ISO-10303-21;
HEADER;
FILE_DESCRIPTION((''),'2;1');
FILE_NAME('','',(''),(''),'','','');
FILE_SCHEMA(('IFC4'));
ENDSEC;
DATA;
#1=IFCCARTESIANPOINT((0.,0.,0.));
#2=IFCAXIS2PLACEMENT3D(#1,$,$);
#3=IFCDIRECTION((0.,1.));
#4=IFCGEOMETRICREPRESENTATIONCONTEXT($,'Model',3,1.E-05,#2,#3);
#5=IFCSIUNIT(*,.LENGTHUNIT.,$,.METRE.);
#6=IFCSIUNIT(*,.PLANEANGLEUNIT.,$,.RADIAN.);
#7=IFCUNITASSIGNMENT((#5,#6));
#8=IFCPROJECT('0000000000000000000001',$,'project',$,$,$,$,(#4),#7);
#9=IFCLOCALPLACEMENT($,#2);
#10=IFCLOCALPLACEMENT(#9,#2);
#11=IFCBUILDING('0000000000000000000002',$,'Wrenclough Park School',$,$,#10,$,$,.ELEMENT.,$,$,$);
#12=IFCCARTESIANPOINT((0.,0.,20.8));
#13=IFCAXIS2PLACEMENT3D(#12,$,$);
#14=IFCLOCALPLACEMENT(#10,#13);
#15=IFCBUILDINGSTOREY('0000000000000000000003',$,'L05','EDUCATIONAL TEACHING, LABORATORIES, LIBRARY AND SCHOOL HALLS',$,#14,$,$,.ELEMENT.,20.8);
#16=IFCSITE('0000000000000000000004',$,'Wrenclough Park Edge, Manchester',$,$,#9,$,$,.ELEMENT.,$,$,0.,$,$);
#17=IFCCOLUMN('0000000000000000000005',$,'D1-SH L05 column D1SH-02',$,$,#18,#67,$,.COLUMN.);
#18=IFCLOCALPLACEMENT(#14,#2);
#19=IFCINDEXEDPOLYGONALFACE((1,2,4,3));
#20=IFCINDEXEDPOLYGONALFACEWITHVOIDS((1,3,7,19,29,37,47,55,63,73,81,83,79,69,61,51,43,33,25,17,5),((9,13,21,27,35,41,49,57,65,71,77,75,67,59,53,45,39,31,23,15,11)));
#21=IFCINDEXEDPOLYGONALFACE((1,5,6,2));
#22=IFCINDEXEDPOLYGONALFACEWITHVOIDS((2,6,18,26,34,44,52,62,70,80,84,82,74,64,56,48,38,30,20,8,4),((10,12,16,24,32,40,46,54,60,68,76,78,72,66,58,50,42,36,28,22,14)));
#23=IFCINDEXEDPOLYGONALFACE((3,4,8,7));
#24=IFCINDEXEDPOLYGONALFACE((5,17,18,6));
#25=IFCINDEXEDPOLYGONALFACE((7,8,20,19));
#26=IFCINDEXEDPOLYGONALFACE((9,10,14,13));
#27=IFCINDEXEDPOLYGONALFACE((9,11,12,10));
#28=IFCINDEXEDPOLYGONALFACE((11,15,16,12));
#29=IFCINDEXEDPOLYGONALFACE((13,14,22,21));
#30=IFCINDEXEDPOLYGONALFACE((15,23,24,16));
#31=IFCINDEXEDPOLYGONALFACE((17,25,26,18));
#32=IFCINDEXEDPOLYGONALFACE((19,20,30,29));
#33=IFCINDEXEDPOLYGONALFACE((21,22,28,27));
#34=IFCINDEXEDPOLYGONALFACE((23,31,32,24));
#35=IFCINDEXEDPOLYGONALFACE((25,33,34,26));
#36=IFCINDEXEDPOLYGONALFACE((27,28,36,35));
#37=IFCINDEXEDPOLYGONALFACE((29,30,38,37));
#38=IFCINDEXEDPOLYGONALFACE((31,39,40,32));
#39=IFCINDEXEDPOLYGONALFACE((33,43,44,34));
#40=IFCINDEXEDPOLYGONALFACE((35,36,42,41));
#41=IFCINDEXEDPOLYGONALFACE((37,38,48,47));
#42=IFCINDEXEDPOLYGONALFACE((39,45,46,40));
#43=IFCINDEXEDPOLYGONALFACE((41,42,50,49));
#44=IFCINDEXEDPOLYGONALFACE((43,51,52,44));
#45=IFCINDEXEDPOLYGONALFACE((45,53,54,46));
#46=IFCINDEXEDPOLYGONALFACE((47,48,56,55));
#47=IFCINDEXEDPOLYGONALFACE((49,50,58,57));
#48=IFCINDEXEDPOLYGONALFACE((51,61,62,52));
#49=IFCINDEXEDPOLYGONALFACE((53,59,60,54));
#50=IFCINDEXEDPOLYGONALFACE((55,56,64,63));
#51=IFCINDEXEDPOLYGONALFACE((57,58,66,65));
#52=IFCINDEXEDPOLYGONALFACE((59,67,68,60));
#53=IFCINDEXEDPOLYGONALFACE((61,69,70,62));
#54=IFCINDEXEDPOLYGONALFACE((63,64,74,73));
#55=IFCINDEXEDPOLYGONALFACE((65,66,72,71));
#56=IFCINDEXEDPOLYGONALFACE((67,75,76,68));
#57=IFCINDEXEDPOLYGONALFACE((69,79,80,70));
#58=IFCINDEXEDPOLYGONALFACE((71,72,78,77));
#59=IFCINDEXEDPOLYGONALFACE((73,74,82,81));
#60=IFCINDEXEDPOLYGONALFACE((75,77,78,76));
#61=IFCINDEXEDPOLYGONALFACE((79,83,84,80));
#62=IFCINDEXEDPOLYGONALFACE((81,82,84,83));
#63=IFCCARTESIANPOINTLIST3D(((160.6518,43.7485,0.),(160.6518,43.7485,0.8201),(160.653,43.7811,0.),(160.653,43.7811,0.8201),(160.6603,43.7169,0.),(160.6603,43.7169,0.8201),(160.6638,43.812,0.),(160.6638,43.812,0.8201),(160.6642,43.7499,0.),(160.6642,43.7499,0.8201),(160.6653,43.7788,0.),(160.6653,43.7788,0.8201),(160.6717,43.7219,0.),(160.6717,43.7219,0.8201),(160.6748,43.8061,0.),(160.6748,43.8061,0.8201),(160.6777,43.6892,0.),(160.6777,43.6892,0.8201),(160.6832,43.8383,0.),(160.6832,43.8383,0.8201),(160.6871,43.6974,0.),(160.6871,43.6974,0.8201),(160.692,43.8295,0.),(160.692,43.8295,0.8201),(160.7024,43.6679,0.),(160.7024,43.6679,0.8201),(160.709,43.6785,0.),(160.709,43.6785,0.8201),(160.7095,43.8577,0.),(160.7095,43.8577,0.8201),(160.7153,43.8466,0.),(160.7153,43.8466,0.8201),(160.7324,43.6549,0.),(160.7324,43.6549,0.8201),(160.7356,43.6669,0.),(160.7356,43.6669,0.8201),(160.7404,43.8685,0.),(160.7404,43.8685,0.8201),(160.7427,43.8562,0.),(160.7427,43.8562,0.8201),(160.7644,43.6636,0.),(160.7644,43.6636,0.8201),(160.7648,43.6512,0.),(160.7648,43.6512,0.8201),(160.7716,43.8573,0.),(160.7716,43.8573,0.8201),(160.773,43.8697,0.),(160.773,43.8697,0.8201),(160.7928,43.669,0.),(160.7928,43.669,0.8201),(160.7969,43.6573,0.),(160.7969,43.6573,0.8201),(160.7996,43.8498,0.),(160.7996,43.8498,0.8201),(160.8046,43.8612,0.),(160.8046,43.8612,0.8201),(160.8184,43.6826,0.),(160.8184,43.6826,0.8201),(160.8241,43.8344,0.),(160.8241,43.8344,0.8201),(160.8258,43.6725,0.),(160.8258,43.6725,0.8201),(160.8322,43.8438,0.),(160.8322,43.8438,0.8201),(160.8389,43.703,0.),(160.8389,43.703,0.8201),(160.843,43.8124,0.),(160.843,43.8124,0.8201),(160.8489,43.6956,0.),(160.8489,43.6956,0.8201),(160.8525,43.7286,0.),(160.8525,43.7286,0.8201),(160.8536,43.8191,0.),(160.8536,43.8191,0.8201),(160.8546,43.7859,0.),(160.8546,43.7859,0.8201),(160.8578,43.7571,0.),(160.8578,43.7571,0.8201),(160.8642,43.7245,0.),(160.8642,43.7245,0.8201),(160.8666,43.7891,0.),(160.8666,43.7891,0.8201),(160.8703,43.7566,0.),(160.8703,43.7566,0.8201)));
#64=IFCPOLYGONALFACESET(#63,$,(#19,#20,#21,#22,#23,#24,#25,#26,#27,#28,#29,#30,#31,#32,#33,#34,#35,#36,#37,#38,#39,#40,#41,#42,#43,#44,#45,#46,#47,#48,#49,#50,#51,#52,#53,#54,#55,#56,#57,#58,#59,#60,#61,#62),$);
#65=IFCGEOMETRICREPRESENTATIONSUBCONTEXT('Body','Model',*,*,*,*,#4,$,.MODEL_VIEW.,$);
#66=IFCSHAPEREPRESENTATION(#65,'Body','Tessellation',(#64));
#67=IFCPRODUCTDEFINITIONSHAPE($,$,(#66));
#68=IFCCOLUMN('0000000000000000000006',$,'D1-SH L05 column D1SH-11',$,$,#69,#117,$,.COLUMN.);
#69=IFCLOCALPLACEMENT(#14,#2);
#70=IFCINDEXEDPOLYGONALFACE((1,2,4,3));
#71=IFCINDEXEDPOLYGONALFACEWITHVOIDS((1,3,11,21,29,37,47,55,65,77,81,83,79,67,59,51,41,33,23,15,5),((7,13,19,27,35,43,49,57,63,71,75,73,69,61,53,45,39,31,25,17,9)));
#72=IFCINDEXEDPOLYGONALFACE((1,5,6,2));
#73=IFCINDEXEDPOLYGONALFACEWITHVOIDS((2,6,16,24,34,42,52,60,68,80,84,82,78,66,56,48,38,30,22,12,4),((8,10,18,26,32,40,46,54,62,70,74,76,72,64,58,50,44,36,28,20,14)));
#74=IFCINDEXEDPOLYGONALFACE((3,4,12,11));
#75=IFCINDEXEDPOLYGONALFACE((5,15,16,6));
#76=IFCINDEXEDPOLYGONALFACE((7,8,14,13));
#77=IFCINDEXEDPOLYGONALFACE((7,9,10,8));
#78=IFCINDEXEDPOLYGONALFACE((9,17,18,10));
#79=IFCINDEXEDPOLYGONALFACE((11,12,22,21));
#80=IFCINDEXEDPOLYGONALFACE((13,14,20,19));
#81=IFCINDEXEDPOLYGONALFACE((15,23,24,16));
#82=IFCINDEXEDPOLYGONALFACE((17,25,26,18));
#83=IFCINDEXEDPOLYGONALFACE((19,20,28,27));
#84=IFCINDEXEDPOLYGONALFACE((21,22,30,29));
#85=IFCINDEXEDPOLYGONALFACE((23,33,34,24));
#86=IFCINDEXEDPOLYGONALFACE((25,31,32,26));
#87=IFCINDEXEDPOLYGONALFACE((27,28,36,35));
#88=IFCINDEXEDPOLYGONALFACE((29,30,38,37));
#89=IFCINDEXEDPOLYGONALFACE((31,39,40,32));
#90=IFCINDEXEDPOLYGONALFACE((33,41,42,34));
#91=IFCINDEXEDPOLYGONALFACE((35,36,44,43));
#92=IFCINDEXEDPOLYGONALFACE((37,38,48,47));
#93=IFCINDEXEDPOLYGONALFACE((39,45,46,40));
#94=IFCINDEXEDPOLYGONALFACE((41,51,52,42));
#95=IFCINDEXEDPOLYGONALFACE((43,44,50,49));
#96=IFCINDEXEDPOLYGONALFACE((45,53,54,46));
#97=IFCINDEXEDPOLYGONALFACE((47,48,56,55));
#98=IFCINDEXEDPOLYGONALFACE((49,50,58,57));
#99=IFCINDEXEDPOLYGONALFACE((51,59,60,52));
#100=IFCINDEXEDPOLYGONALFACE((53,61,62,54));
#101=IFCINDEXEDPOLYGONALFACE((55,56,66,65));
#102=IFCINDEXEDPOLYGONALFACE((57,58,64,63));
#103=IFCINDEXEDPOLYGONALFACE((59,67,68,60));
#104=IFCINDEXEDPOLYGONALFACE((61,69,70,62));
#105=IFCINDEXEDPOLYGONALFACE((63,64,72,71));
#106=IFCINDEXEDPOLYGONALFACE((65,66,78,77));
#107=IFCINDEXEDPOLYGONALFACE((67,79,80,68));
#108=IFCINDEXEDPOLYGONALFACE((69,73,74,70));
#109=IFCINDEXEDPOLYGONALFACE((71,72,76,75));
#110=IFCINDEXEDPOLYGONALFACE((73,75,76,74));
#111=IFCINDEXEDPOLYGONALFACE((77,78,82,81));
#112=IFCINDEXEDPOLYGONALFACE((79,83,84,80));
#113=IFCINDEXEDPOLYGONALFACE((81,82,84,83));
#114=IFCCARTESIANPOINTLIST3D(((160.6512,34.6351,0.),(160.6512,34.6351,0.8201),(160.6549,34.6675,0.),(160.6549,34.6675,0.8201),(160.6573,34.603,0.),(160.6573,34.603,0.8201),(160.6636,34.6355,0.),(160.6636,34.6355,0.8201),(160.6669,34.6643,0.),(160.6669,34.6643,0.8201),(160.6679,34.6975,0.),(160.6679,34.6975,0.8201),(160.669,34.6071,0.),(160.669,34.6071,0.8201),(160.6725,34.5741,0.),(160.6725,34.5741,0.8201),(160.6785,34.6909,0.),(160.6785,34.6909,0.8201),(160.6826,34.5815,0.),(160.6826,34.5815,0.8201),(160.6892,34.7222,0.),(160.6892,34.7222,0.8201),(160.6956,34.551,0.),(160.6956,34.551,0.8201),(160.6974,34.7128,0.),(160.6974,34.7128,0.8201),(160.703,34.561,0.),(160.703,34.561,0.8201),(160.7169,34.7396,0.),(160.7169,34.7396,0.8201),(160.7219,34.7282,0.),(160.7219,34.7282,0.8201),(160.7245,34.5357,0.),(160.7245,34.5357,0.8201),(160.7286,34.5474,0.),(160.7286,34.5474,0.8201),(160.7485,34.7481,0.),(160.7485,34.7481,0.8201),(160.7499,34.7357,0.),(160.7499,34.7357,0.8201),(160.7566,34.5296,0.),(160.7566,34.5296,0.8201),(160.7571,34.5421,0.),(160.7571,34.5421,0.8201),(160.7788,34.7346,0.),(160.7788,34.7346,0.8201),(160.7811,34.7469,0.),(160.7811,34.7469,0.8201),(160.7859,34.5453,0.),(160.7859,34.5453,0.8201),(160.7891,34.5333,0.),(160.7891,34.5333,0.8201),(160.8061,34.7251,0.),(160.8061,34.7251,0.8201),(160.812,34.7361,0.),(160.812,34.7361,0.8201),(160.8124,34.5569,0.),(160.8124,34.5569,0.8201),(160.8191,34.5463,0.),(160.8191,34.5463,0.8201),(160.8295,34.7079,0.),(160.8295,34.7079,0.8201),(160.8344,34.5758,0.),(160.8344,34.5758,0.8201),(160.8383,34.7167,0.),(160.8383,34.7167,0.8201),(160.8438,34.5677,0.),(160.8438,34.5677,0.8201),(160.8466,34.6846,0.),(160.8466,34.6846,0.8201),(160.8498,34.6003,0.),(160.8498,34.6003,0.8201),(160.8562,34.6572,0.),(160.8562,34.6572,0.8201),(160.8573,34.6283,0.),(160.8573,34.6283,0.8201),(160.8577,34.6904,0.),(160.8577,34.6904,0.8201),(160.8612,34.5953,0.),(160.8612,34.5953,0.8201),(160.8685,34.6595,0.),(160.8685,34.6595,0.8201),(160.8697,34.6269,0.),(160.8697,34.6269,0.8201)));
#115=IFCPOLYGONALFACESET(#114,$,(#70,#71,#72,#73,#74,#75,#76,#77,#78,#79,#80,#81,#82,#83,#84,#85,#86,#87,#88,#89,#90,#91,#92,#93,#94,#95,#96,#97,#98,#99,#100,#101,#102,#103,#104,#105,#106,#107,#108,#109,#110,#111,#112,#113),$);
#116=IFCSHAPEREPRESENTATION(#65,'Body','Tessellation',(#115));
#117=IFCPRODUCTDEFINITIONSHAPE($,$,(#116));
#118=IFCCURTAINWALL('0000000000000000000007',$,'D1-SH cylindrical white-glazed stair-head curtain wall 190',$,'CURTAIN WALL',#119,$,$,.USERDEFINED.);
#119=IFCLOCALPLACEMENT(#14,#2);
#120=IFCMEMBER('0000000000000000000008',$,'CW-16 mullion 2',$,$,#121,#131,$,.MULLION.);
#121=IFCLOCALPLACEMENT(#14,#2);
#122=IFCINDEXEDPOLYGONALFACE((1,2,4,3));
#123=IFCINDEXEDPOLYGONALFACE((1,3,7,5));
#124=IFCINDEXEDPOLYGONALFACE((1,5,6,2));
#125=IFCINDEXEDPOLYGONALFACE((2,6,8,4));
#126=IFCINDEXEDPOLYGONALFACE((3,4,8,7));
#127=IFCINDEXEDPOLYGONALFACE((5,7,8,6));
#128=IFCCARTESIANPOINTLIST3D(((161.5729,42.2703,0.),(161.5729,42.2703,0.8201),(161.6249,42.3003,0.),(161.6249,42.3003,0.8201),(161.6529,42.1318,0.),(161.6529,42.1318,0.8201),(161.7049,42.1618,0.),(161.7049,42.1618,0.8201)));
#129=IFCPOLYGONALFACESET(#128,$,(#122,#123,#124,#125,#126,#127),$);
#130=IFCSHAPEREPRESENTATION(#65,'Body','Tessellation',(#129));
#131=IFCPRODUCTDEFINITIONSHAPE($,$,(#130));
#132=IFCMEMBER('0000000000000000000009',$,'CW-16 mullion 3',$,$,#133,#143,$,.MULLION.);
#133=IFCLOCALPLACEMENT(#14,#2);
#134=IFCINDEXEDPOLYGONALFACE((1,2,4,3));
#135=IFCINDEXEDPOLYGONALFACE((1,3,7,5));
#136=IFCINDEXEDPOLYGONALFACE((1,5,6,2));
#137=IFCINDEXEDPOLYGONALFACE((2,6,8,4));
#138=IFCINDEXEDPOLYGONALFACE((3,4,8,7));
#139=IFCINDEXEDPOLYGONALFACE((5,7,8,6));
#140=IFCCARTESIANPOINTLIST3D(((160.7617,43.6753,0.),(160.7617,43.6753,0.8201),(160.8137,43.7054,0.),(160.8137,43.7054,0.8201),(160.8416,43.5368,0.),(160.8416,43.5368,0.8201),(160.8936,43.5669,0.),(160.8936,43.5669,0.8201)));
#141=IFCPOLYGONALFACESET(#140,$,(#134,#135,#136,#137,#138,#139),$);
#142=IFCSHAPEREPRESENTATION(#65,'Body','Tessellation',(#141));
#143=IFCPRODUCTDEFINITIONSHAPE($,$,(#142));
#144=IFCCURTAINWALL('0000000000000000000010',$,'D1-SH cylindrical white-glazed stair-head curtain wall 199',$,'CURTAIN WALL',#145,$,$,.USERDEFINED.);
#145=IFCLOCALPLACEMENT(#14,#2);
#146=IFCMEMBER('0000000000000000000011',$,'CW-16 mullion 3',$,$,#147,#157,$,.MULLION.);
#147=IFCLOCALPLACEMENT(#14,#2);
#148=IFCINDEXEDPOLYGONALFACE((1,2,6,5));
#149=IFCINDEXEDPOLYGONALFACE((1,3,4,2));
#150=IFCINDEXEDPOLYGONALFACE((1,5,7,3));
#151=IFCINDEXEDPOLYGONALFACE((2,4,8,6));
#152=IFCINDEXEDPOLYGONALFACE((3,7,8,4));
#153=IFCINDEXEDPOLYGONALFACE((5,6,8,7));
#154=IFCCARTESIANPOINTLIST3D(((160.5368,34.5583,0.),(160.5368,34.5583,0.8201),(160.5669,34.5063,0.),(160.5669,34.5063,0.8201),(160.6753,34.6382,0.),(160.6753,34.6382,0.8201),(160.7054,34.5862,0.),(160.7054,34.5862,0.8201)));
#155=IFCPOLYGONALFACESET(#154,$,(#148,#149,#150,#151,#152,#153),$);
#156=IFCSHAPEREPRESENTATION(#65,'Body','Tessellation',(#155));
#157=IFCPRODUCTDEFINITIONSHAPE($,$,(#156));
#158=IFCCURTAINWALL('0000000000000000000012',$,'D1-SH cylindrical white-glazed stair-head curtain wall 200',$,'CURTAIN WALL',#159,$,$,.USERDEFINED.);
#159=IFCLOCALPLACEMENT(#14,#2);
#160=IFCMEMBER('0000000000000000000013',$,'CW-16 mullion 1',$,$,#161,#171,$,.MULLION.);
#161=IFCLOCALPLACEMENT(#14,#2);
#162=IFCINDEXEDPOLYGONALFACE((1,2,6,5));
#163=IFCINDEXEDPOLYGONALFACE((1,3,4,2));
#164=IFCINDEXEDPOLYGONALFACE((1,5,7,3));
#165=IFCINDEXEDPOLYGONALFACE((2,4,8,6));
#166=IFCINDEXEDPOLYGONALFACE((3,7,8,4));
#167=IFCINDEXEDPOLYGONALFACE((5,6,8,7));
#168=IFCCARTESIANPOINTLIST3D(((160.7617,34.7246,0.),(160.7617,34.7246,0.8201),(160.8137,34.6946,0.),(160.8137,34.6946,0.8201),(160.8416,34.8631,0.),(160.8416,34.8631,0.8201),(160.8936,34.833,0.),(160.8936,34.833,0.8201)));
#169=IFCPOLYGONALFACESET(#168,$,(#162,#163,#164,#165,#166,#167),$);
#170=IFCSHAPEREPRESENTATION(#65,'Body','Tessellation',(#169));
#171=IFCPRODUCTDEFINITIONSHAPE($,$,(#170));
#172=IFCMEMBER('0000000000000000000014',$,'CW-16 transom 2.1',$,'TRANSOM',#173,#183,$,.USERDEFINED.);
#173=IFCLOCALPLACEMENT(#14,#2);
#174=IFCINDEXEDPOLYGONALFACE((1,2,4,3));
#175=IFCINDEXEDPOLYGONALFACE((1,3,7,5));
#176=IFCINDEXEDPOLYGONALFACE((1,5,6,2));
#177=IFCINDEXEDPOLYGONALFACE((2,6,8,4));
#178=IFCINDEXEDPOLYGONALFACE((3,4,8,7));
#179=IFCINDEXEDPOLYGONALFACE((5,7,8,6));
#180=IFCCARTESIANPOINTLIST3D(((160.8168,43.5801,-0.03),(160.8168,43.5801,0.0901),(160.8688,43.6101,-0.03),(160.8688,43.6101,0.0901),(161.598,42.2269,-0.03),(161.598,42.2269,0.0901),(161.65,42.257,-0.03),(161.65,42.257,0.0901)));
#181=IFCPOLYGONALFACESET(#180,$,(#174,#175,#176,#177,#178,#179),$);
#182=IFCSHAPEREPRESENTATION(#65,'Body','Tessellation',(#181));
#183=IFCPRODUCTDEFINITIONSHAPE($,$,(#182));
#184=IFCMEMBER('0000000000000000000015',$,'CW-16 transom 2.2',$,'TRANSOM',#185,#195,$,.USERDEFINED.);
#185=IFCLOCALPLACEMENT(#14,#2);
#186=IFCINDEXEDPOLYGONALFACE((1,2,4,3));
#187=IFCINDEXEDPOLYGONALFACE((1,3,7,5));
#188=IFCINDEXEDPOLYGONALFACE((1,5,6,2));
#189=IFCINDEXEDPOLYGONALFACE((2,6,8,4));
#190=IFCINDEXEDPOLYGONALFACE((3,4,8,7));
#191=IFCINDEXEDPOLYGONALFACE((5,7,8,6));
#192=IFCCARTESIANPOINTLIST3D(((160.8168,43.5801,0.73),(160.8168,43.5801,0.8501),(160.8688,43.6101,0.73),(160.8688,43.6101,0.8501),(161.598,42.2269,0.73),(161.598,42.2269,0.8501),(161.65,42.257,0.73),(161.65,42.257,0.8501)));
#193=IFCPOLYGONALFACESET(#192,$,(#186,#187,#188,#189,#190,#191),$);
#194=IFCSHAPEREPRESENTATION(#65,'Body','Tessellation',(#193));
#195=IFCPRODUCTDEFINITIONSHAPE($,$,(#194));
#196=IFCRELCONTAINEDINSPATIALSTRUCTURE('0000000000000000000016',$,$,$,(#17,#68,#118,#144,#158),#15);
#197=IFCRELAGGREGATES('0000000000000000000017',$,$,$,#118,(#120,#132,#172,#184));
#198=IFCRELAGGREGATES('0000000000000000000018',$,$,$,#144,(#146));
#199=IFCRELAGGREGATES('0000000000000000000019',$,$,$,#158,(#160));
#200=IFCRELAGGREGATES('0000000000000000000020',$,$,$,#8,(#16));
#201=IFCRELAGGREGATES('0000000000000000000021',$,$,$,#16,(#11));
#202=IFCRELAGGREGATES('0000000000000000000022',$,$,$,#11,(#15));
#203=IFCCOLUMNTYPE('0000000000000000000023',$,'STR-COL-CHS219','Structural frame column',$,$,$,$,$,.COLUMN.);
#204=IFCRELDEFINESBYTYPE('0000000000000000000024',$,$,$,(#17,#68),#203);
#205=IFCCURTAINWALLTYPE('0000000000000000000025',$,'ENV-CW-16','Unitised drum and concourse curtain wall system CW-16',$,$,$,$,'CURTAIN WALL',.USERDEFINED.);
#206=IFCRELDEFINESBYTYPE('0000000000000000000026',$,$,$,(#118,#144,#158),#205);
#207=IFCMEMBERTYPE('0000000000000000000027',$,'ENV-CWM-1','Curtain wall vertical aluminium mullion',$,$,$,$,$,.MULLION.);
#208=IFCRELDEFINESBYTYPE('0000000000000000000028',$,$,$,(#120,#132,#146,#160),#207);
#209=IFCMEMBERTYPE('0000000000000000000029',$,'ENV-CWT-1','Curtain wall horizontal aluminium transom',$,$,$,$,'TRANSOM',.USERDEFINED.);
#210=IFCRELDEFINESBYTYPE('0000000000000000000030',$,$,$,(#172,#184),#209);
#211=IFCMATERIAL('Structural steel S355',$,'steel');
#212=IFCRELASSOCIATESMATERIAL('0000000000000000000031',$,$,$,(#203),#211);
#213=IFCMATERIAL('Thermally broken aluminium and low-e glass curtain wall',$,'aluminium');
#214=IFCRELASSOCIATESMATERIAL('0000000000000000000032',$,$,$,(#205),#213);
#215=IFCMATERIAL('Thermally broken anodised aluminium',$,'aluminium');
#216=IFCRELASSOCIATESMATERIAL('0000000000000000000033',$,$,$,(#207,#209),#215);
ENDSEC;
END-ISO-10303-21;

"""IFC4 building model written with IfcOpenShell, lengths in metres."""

from ifc_helpers import new_model, si_unit, direction, frame, origin, origin_2d, place, context, subcontext, project, spatial, rectangle, hollow_circle, extrude, material, material_profile, profile_set, type_object, element, aggregate, save


model = new_model("IFC4")

# Units and contexts
model_context = context("Model", 3, precision=1e-05, world=origin(), true_north=direction((0.0, 1.0)))
body_context = subcontext(model_context, "Body", "Model", "MODEL_VIEW")
ifc_project = project(units=[si_unit("LENGTHUNIT", "METRE"), si_unit("PLANEANGLEUNIT", "RADIAN")], contexts=[model_context])

# Site, building, storey
site_placement = place(None, origin())
site = spatial("IfcSite", under=ifc_project, at=site_placement, Name="Wrenclough Park Edge, Manchester", CompositionType="ELEMENT", RefElevation=0.0)
building_placement = place(site_placement, origin())
building = spatial("IfcBuilding", under=site, at=building_placement, Name="Wrenclough Park School", CompositionType="ELEMENT")
storey_placement = place(building_placement, frame((0.0, 0.0, 20.8)))
storey = spatial("IfcBuildingStorey", under=building, at=storey_placement, Name="L05", Description="EDUCATIONAL TEACHING, LABORATORIES, LIBRARY AND SCHOOL HALLS", CompositionType="ELEMENT", Elevation=20.8)

# Columns
ifc_material_1 = material(Name="Structural steel S355", Category="steel")
ifc_material_profile_1 = material_profile(ifc_material_1, hollow_circle(Radius=0.1096, WallThickness=0.0125, at=origin_2d()), Name="CHS 219.1x12.5")
ifc_profile_set_1 = profile_set([ifc_material_profile_1], Name="Structural steel S355")
column_type = type_object("IfcColumnType", Name="STR-COL-CHS219", Description="Structural frame column", PredefinedType="COLUMN", material=ifc_profile_set_1)
for number, where, z_axis, x_axis, name in (
    (1, (160.7607, 43.7607, 0.0), (0.0, 0.0, 1.0), (-0.707107, 0.707107, 0.0), "D1-SH L05 column D1SH-02"),
    (2, (160.7607, 34.6392, 0.0), (0.0, 0.0, 1.0), (0.707107, 0.707107, 0.0), "D1-SH L05 column D1SH-11"),
):
    element("IfcColumn", number, at=place(storey_placement, frame(where, z_axis=z_axis, x_axis=x_axis)), inside=storey, type_object=column_type, Name=name, PredefinedType="COLUMN", context=body_context, shape_type="SweptSolid", body=[
        extrude(hollow_circle(Radius=0.1096, WallThickness=0.0125, at=origin_2d()), origin(), (0.0, 0.0, 1.0), 0.8201),
    ])

# Curtain wall, members
ifc_material_2 = material(Name="Thermally broken aluminium and low-e glass curtain wall", Category="aluminium")
curtain_wall_type = type_object("IfcCurtainWallType", Name="ENV-CW-16", Description="Unitised drum and concourse curtain wall system CW-16", ElementType="CURTAIN WALL", PredefinedType="USERDEFINED", material=ifc_material_2)
curtain_wall_1_placement = place(storey_placement, origin())
curtain_wall_1 = element("IfcCurtainWall", 3, at=curtain_wall_1_placement, inside=storey, type_object=curtain_wall_type, Name="D1-SH cylindrical white-glazed stair-head curtain wall 190", ObjectType="CURTAIN WALL", PredefinedType="USERDEFINED")
ifc_material_3 = material(Name="Thermally broken anodised aluminium", Category="aluminium")
ifc_material_profile_2 = material_profile(ifc_material_3, rectangle(XDim=0.0601, YDim=0.1599, at=origin_2d()), Name="AL MULLION 60x160")
ifc_profile_set_2 = profile_set([ifc_material_profile_2], Name="Thermally broken anodised aluminium")
member_type_1 = type_object("IfcMemberType", Name="ENV-CWM-1", Description="Curtain wall vertical aluminium mullion", PredefinedType="MULLION", material=ifc_profile_set_2)
member_1_placement = place(storey_placement, frame((161.6389, 42.2161, 0.0), z_axis=(0.0, 0.0, 1.0), x_axis=(-0.866017, -0.500015, 0.0)))
member_1 = element("IfcMember", 4, at=member_1_placement, type_object=member_type_1, Name="CW-16 mullion 2", PredefinedType="MULLION", context=body_context, shape_type="SweptSolid", body=[
    extrude(rectangle(XDim=0.0601, YDim=0.1599, at=origin_2d()), origin(), (0.0, 0.0, 1.0), 0.8201),
])
member_2_placement = place(storey_placement, frame((160.8276, 43.6211, 0.0), z_axis=(0.0, 0.0, 1.0), x_axis=(-0.866017, -0.500015, 0.0)))
member_2 = element("IfcMember", 5, at=member_2_placement, type_object=member_type_1, Name="CW-16 mullion 3", PredefinedType="MULLION", context=body_context, shape_type="SweptSolid", body=[
    extrude(rectangle(XDim=0.0601, YDim=0.1599, at=origin_2d()), origin(), (0.0, 0.0, 1.0), 0.8201),
])

# Curtain walls, members
curtain_wall_2_placement = place(storey_placement, origin())
curtain_wall_2 = element("IfcCurtainWall", 6, at=curtain_wall_2_placement, inside=storey, type_object=curtain_wall_type, Name="D1-SH cylindrical white-glazed stair-head curtain wall 199", ObjectType="CURTAIN WALL", PredefinedType="USERDEFINED")
member_3_placement = place(storey_placement, frame((160.6211, 34.5723, 0.0), z_axis=(0.0, 0.0, 1.0), x_axis=(-0.500003, 0.866024, 0.0)))
member_3 = element("IfcMember", 7, at=member_3_placement, type_object=member_type_1, Name="CW-16 mullion 3", PredefinedType="MULLION", context=body_context, shape_type="SweptSolid", body=[
    extrude(rectangle(XDim=0.0601, YDim=0.1599, at=origin_2d()), origin(), (0.0, 0.0, 1.0), 0.8201),
])
curtain_wall_3_placement = place(storey_placement, origin())
curtain_wall_3 = element("IfcCurtainWall", 8, at=curtain_wall_3_placement, inside=storey, type_object=curtain_wall_type, Name="D1-SH cylindrical white-glazed stair-head curtain wall 200", ObjectType="CURTAIN WALL", PredefinedType="USERDEFINED")
member_4_placement = place(storey_placement, frame((160.8276, 34.7788, 0.0), z_axis=(0.0, 0.0, 1.0), x_axis=(-0.866017, 0.500015, 0.0)))
member_4 = element("IfcMember", 9, at=member_4_placement, type_object=member_type_1, Name="CW-16 mullion 1", PredefinedType="MULLION", context=body_context, shape_type="SweptSolid", body=[
    extrude(rectangle(XDim=0.0601, YDim=0.1599, at=origin_2d()), origin(), (0.0, 0.0, 1.0), 0.8201),
])

# Members
ifc_material_profile_3 = material_profile(ifc_material_3, rectangle(XDim=0.0601, YDim=0.1201, at=origin_2d()), Name="AL TRANSOM 60x120")
ifc_profile_set_3 = profile_set([ifc_material_profile_3], Name="Thermally broken anodised aluminium")
member_type_2 = type_object("IfcMemberType", Name="ENV-CWT-1", Description="Curtain wall horizontal aluminium transom", ElementType="TRANSOM", PredefinedType="USERDEFINED", material=ifc_profile_set_3)
member_5_placement = place(storey_placement, frame((161.624, 42.2419, 0.03), z_axis=(-0.49997, 0.866042, 0.0), x_axis=(-0.866042, -0.49997, 0.0)))
member_5 = element("IfcMember", 10, at=member_5_placement, type_object=member_type_2, Name="CW-16 transom 2.1", ObjectType="TRANSOM", PredefinedType="USERDEFINED", context=body_context, shape_type="SweptSolid", body=[
    extrude(rectangle(XDim=0.0601, YDim=0.1201, at=origin_2d()), origin(), (0.0, 0.0, 1.0), 1.5625),
])
member_6_placement = place(storey_placement, frame((161.624, 42.2419, 0.79), z_axis=(-0.49997, 0.866042, 0.0), x_axis=(-0.866042, -0.49997, 0.0)))
member_6 = element("IfcMember", 11, at=member_6_placement, type_object=member_type_2, Name="CW-16 transom 2.2", ObjectType="TRANSOM", PredefinedType="USERDEFINED", context=body_context, shape_type="SweptSolid", body=[
    extrude(rectangle(XDim=0.0601, YDim=0.1201, at=origin_2d()), origin(), (0.0, 0.0, 1.0), 1.5625),
])

aggregate(curtain_wall_1, [member_1, member_2, member_5, member_6])
aggregate(curtain_wall_2, [member_3])
aggregate(curtain_wall_3, [member_4])

save(model, "model.ifc")
